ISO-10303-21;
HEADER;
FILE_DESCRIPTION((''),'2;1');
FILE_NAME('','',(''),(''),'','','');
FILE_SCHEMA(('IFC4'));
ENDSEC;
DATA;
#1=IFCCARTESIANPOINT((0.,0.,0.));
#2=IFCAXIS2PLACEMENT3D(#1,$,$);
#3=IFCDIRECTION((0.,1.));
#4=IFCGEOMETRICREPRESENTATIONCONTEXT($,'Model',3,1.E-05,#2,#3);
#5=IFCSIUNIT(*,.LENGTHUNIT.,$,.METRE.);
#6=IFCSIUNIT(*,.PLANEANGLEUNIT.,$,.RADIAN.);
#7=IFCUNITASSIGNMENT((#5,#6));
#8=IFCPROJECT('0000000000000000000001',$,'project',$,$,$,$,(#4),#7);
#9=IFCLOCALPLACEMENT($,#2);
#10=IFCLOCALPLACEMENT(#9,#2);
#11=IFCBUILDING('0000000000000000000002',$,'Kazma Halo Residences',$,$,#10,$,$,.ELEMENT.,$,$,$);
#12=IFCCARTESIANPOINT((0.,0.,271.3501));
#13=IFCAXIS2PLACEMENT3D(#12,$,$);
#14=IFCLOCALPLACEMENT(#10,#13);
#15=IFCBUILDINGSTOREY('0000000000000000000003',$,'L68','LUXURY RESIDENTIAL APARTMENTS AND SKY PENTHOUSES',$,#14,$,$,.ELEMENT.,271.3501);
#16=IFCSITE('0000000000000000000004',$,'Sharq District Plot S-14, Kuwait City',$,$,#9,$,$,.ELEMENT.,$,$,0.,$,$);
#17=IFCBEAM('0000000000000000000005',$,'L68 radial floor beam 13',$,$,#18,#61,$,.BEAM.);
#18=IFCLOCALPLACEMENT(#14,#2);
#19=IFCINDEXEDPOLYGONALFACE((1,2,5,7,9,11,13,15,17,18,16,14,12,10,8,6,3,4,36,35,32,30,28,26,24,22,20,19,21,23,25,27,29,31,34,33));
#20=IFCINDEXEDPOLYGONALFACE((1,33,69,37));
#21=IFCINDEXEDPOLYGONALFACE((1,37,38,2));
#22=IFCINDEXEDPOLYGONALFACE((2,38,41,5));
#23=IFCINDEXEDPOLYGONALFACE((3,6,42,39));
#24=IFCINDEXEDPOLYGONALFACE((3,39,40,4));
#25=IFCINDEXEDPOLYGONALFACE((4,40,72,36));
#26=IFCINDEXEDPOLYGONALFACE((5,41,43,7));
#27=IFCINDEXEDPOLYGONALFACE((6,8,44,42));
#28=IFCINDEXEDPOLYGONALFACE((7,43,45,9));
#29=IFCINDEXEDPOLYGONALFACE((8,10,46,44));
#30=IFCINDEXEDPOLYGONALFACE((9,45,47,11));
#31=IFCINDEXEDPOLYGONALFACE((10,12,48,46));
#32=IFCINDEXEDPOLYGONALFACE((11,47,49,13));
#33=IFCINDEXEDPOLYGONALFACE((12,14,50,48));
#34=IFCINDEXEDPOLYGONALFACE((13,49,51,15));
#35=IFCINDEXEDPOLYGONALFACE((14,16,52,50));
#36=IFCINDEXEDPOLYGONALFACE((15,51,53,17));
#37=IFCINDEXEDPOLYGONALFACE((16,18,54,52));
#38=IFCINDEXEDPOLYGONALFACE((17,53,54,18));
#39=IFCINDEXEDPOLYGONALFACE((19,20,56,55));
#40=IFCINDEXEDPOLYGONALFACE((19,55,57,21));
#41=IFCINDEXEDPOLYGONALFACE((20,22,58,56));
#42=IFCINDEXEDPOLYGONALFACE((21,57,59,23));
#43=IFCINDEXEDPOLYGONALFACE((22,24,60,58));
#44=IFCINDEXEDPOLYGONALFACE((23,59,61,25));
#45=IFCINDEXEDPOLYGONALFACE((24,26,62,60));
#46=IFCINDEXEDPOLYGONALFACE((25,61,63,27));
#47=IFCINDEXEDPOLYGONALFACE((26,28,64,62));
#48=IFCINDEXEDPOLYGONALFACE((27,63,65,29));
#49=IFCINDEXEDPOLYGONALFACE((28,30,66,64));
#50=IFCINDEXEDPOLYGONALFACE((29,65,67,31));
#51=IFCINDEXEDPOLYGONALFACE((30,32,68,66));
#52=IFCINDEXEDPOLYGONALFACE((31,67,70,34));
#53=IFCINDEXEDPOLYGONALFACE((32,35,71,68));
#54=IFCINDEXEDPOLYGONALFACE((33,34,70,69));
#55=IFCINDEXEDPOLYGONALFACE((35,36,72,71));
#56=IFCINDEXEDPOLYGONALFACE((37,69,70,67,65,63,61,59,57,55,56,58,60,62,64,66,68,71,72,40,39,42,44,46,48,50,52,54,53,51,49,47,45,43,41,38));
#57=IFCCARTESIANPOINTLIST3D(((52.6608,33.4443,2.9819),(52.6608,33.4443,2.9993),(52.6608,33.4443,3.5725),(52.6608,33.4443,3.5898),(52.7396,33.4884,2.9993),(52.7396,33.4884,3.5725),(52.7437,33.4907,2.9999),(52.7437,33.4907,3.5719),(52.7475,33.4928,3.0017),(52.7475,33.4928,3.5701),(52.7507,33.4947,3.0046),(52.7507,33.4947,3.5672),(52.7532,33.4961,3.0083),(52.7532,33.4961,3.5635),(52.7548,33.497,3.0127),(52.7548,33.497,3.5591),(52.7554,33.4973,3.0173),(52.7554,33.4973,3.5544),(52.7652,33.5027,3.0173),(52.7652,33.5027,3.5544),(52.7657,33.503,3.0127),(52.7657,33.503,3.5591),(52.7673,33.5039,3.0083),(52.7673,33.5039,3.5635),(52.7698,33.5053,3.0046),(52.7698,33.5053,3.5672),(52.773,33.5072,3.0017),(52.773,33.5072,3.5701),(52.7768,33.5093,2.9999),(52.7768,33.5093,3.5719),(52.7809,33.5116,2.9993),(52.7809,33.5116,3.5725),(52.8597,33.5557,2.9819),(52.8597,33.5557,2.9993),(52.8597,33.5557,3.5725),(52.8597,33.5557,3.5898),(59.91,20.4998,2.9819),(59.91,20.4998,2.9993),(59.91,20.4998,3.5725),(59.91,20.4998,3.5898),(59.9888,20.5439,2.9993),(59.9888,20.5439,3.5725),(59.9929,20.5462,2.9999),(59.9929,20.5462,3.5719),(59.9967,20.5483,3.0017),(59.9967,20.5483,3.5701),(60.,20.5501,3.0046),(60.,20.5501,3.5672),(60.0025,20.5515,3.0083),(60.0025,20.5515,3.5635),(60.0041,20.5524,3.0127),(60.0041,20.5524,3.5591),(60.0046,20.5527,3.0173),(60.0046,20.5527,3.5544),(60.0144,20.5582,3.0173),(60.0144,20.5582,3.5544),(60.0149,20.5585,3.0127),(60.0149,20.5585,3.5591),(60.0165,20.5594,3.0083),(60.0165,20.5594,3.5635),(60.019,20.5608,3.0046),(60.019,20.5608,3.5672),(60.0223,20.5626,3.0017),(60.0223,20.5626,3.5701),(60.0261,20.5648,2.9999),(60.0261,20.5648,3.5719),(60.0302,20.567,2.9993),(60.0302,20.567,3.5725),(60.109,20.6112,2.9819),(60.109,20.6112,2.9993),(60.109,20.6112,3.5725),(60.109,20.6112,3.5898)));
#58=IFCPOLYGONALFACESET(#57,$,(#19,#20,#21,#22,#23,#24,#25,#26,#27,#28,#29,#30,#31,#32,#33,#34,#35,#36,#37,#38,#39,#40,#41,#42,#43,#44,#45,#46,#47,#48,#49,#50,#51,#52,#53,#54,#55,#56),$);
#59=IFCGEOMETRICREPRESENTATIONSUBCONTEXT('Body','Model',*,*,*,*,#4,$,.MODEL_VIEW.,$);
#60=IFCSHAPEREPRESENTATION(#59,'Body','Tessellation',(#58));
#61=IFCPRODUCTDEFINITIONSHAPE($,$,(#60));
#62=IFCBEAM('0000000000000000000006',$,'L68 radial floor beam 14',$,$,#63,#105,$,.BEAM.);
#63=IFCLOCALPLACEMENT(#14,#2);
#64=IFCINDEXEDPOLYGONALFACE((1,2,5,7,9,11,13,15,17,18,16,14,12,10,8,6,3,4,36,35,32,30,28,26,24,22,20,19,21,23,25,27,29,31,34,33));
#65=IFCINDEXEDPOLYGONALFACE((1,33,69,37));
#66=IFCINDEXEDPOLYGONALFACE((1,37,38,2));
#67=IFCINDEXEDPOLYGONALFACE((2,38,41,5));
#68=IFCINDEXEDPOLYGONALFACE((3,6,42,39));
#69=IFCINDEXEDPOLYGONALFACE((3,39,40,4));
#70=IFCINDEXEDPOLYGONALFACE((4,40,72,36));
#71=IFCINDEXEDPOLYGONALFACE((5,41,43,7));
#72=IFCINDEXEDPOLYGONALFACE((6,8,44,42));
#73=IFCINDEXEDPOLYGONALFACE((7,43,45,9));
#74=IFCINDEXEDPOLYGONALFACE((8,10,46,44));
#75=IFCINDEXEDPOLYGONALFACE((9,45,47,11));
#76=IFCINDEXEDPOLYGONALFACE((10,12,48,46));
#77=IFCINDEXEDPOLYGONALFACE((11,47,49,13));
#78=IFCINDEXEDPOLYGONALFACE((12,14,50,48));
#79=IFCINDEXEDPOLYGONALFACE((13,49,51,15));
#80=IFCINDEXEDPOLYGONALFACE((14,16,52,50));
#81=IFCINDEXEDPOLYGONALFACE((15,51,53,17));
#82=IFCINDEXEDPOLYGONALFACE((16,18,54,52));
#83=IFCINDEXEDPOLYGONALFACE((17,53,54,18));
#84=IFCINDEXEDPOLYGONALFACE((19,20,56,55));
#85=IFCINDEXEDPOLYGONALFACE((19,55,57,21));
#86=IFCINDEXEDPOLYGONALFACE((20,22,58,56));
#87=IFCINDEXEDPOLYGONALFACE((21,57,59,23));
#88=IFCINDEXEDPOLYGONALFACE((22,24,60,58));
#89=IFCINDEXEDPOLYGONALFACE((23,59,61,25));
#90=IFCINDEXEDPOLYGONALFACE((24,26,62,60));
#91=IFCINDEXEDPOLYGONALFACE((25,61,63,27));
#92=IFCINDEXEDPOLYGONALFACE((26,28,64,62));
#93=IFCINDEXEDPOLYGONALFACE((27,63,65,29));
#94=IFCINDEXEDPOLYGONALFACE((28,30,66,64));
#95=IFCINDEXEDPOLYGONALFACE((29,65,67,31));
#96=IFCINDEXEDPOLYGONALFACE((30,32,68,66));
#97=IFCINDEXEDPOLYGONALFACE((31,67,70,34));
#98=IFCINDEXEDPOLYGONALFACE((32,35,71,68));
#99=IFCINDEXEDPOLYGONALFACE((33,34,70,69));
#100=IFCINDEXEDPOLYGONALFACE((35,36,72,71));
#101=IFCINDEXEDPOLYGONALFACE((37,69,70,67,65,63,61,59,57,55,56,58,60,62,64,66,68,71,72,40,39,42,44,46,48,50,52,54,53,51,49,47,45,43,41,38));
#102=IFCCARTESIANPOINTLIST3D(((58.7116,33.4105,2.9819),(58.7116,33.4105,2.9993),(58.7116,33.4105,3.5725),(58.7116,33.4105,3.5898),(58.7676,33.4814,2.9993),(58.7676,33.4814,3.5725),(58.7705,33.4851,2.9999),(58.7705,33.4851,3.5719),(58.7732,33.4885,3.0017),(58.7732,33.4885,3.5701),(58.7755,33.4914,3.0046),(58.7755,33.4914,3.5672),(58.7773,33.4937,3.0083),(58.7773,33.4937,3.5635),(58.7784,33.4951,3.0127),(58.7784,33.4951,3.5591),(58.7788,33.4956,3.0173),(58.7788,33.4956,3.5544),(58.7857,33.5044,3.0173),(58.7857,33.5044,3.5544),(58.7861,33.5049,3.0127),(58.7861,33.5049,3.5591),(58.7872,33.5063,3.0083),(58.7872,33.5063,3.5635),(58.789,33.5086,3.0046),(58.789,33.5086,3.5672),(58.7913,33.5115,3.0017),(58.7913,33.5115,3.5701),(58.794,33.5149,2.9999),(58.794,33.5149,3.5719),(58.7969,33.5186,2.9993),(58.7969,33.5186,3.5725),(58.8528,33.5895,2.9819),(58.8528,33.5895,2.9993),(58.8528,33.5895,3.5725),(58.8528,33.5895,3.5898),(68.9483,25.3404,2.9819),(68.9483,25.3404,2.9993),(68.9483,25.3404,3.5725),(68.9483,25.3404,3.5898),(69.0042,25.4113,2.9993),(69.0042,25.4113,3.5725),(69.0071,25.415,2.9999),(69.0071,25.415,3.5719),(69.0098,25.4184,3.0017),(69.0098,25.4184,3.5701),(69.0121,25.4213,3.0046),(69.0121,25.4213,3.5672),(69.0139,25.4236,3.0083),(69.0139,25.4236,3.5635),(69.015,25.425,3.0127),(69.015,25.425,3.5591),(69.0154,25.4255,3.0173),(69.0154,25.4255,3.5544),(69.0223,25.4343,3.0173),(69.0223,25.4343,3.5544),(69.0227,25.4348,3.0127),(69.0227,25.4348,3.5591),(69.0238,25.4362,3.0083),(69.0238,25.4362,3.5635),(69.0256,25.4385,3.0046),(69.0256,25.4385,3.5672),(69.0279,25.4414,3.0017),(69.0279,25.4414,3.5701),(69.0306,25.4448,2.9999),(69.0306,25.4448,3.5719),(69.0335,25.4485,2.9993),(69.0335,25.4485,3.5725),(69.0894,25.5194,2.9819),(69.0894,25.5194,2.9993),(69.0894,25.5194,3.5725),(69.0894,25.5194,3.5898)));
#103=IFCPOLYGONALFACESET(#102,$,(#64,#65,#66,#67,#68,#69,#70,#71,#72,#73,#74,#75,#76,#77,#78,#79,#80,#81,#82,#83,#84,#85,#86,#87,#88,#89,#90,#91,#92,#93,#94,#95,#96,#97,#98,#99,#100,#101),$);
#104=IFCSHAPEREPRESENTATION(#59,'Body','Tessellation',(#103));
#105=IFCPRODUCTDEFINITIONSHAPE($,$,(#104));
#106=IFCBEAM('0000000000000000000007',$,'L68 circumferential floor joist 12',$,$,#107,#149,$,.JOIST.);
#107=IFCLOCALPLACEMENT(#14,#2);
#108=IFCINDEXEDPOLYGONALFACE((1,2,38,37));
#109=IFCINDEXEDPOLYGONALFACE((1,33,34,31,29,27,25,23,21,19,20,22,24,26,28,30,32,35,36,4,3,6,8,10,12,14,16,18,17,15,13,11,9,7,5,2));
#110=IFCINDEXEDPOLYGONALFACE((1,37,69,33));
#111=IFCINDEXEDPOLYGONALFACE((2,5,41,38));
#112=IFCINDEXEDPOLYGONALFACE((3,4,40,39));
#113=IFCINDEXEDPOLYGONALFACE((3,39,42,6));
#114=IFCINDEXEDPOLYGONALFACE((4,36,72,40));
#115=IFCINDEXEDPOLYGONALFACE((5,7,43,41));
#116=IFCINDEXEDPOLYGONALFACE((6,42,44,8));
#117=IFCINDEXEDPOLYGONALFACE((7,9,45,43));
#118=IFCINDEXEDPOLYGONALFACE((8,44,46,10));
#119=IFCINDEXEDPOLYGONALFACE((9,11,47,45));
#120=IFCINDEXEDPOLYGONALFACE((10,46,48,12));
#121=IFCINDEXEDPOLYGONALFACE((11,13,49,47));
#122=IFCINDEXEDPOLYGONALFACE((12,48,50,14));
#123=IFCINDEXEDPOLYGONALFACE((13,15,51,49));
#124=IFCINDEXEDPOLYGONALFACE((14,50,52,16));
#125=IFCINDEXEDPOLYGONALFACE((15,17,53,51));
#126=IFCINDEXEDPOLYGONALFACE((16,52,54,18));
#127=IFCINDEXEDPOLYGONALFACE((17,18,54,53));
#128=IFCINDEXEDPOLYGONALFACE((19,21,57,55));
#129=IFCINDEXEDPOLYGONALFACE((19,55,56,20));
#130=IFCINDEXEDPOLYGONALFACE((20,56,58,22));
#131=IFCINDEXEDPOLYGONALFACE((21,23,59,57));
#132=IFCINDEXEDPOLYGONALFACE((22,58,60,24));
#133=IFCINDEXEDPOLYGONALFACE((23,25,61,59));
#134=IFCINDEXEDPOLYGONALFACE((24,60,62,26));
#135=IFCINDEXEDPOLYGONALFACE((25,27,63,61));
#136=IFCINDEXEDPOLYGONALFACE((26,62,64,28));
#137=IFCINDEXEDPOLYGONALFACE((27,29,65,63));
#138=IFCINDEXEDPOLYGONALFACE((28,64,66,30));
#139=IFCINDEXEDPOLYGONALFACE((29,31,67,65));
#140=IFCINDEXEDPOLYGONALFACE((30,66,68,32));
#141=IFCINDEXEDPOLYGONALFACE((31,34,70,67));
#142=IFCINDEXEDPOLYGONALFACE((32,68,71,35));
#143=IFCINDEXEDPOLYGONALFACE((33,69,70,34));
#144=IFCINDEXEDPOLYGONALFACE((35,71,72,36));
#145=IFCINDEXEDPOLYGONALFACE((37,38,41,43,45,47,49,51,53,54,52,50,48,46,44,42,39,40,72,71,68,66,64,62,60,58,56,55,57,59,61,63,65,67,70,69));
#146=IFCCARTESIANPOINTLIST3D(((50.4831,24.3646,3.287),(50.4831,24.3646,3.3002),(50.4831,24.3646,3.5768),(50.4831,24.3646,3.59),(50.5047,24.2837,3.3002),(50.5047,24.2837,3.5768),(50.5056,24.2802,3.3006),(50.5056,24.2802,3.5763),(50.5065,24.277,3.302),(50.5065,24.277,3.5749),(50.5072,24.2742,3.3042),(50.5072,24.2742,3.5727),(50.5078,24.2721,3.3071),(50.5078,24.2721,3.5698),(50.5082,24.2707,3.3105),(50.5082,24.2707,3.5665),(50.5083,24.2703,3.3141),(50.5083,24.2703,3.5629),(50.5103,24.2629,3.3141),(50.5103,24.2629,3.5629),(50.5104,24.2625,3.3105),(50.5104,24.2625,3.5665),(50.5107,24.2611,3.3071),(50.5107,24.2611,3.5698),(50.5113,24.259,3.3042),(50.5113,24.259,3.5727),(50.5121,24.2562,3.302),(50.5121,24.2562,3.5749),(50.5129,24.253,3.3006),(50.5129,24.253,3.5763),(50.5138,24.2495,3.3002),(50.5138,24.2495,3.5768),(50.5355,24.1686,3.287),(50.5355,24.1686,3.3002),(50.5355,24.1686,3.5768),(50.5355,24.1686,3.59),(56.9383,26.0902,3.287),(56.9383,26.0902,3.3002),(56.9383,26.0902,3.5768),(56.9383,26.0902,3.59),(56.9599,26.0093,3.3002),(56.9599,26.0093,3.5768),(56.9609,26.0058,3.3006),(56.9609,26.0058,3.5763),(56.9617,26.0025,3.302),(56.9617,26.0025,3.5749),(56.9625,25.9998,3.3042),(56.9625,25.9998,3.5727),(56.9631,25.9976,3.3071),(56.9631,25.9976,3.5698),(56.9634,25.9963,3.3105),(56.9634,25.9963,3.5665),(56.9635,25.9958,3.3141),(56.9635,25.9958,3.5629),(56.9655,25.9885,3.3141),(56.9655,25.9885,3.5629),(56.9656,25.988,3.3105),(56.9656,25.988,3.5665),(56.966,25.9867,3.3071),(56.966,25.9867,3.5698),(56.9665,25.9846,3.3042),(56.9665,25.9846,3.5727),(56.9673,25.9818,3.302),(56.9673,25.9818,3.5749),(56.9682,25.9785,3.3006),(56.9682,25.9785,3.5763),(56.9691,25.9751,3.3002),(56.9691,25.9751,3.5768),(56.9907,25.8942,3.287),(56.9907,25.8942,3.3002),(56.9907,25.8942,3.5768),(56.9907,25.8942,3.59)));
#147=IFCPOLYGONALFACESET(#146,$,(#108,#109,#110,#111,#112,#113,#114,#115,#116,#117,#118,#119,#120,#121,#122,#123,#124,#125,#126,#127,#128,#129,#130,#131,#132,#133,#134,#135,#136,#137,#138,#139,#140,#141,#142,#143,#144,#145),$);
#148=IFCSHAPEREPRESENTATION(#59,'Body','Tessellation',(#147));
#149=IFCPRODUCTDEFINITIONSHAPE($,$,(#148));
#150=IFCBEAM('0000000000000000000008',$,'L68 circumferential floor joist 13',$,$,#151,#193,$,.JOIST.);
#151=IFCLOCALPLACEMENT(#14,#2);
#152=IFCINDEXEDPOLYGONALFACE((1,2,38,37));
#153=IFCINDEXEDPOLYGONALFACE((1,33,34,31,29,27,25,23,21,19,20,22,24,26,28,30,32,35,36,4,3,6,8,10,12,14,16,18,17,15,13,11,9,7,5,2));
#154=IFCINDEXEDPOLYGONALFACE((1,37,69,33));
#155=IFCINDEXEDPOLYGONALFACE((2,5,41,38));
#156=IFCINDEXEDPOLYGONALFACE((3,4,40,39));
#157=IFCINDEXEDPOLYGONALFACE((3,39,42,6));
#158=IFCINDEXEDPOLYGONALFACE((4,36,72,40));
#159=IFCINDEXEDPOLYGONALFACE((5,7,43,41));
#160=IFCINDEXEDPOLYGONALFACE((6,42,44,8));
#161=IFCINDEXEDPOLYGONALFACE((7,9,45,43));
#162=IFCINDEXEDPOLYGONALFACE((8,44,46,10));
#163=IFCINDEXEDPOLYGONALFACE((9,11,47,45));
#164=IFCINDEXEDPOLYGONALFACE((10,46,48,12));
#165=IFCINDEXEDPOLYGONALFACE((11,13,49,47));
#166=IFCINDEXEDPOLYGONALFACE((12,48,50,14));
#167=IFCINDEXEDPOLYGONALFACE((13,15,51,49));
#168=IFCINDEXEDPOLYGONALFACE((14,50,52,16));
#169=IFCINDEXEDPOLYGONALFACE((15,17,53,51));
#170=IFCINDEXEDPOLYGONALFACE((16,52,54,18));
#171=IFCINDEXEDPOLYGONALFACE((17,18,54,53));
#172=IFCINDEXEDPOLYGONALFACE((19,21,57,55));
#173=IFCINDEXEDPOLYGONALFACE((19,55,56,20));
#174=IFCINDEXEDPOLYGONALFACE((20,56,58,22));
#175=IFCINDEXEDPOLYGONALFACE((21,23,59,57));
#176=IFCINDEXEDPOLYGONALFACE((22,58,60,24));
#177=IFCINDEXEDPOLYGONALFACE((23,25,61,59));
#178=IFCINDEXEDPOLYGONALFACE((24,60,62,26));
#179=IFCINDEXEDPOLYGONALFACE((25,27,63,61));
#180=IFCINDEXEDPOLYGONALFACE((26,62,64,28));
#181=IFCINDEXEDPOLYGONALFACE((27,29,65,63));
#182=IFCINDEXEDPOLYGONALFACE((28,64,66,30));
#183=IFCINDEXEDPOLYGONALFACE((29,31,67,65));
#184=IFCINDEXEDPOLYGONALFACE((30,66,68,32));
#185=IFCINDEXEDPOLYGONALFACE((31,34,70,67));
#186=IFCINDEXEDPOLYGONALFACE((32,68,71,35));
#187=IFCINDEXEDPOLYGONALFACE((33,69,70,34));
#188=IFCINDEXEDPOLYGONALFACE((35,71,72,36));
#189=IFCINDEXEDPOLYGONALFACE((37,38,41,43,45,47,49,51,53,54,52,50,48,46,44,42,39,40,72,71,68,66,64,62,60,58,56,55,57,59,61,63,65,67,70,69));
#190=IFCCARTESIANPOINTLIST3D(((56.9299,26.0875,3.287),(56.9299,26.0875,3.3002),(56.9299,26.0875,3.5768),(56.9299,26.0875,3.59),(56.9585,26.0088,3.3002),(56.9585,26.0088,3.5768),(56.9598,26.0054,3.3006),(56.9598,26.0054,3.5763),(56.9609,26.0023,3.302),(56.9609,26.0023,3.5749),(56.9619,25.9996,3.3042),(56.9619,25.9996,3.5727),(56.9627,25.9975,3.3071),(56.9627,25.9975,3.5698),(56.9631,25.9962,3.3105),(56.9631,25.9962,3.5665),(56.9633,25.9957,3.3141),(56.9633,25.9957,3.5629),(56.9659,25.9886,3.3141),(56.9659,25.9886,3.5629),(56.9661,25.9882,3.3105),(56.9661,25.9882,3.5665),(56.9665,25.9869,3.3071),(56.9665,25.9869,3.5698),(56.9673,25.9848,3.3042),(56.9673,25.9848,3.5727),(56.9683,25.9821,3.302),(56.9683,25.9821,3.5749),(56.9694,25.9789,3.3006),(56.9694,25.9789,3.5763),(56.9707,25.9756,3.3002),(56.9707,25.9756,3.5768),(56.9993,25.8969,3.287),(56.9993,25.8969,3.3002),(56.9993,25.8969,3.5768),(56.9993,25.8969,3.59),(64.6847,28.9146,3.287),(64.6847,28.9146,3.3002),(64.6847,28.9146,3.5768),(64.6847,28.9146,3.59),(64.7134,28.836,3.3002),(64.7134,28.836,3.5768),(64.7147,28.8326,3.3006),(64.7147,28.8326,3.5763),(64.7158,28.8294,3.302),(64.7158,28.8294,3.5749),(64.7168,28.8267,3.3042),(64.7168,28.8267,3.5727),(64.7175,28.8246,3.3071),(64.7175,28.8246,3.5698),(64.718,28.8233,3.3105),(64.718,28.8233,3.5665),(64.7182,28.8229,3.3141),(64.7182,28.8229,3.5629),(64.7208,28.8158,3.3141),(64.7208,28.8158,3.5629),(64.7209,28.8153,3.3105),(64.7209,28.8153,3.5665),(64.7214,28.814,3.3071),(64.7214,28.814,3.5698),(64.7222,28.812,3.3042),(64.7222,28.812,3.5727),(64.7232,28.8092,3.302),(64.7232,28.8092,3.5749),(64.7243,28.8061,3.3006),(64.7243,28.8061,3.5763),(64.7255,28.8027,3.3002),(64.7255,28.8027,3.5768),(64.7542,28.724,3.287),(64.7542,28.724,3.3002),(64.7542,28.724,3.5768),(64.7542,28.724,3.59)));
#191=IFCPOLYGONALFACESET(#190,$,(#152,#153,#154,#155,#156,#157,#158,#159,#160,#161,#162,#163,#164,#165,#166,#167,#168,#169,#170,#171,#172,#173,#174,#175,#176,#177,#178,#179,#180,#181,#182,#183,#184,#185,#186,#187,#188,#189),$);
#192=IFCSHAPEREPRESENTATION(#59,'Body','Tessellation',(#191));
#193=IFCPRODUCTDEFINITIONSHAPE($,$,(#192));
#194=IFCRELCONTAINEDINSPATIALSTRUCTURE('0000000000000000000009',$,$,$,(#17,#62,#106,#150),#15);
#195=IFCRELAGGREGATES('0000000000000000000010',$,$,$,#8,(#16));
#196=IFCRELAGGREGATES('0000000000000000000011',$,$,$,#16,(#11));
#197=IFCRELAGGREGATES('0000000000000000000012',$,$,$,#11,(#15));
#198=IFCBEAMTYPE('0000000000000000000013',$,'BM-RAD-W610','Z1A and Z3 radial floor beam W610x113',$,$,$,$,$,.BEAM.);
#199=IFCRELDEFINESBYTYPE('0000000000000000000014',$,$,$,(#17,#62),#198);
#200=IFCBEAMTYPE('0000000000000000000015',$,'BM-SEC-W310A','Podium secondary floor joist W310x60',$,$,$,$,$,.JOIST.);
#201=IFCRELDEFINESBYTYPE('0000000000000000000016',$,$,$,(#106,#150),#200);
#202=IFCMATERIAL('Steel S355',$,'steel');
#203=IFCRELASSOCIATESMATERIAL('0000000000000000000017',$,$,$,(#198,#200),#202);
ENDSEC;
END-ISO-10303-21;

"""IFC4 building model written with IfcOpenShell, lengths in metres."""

from ifc_helpers import new_model, si_unit, direction, frame, origin, origin_2d, place, context, subcontext, project, spatial, i_section, extrude, material, material_profile, profile_set, type_object, element, save


model = new_model("IFC4")

# Units and contexts
model_context = context("Model", 3, precision=1e-05, world=origin(), true_north=direction((0.0, 1.0)))
body_context = subcontext(model_context, "Body", "Model", "MODEL_VIEW")
ifc_project = project(units=[si_unit("LENGTHUNIT", "METRE"), si_unit("PLANEANGLEUNIT", "RADIAN")], contexts=[model_context])

# Site, building, storey
site_placement = place(None, origin())
site = spatial("IfcSite", under=ifc_project, at=site_placement, Name="Sharq District Plot S-14, Kuwait City", CompositionType="ELEMENT", RefElevation=0.0)
building_placement = place(site_placement, origin())
building = spatial("IfcBuilding", under=site, at=building_placement, Name="Kazma Halo Residences", CompositionType="ELEMENT")
storey_placement = place(building_placement, frame((0.0, 0.0, 271.3501)))
storey = spatial("IfcBuildingStorey", under=building, at=storey_placement, Name="L68", Description="LUXURY RESIDENTIAL APARTMENTS AND SKY PENTHOUSES", CompositionType="ELEMENT", Elevation=271.3501)

# Beams
ifc_material_1 = material(Name="Steel S355", Category="steel")
ifc_material_profile_1 = material_profile(ifc_material_1, i_section(OverallWidth=0.228, OverallDepth=0.6079, WebThickness=0.0112, FlangeThickness=0.0173, FilletRadius=0.0181, at=origin_2d()), Name="W610x113")
ifc_profile_set_1 = profile_set([ifc_material_profile_1], Name="Steel S355")
beam_type_1 = type_object("IfcBeamType", Name="BM-RAD-W610", Description="Z1A and Z3 radial floor beam W610x113", PredefinedType="BEAM", material=ifc_profile_set_1)
beam_1_placement = place(storey_placement, frame((52.7603, 33.5, 3.2859), z_axis=(0.488619, -0.872497, 0.0), x_axis=(0.872497, 0.488619, 0.0)))
element("IfcBeam", 1, at=beam_1_placement, inside=storey, type_object=beam_type_1, Name="L68 radial floor beam 13", PredefinedType="BEAM", context=body_context, shape_type="SweptSolid", body=[
    extrude(i_section(OverallWidth=0.228, OverallDepth=0.6079, WebThickness=0.0112, FlangeThickness=0.0173, FilletRadius=0.0181, at=origin_2d()), origin(), (0.0, 0.0, 1.0), 14.8362),
])
beam_2_placement = place(storey_placement, frame((58.7822, 33.5, 3.2859), z_axis=(0.785309, -0.619104, 0.0), x_axis=(0.619104, 0.785309, 0.0)))
element("IfcBeam", 2, at=beam_2_placement, inside=storey, type_object=beam_type_1, Name="L68 radial floor beam 14", PredefinedType="BEAM", context=body_context, shape_type="SweptSolid", body=[
    extrude(i_section(OverallWidth=0.228, OverallDepth=0.6079, WebThickness=0.0112, FlangeThickness=0.0173, FilletRadius=0.0181, at=origin_2d()), origin(), (0.0, 0.0, 1.0), 13.0352),
])
ifc_material_profile_2 = material_profile(ifc_material_1, i_section(OverallWidth=0.2029, OverallDepth=0.303, WebThickness=0.0076, FlangeThickness=0.0132, FilletRadius=0.0139, at=origin_2d()), Name="W310x60")
ifc_profile_set_2 = profile_set([ifc_material_profile_2], Name="Steel S355")
beam_type_2 = type_object("IfcBeamType", Name="BM-SEC-W310A", Description="Podium secondary floor joist W310x60", PredefinedType="JOIST", material=ifc_profile_set_2)
beam_3_placement = place(storey_placement, frame((50.5093, 24.2666, 3.4385), z_axis=(0.96608, 0.258245, 0.0), x_axis=(-0.258245, 0.96608, 0.0)))
element("IfcBeam", 3, at=beam_3_placement, inside=storey, type_object=beam_type_2, Name="L68 circumferential floor joist 12", PredefinedType="JOIST", context=body_context, shape_type="SweptSolid", body=[
    extrude(i_section(OverallWidth=0.2029, OverallDepth=0.303, WebThickness=0.0076, FlangeThickness=0.0132, FilletRadius=0.0139, at=origin_2d()), origin(), (0.0, 0.0, 1.0), 6.6819),
])
beam_4_placement = place(storey_placement, frame((56.9646, 25.9922, 3.4385), z_axis=(0.939513, 0.342512, 0.0), x_axis=(-0.342512, 0.939513, 0.0)))
element("IfcBeam", 4, at=beam_4_placement, inside=storey, type_object=beam_type_2, Name="L68 circumferential floor joist 13", PredefinedType="JOIST", context=body_context, shape_type="SweptSolid", body=[
    extrude(i_section(OverallWidth=0.2029, OverallDepth=0.303, WebThickness=0.0076, FlangeThickness=0.0132, FilletRadius=0.0139, at=origin_2d()), origin(), (0.0, 0.0, 1.0), 8.2542),
])

save(model, "model.ifc")
